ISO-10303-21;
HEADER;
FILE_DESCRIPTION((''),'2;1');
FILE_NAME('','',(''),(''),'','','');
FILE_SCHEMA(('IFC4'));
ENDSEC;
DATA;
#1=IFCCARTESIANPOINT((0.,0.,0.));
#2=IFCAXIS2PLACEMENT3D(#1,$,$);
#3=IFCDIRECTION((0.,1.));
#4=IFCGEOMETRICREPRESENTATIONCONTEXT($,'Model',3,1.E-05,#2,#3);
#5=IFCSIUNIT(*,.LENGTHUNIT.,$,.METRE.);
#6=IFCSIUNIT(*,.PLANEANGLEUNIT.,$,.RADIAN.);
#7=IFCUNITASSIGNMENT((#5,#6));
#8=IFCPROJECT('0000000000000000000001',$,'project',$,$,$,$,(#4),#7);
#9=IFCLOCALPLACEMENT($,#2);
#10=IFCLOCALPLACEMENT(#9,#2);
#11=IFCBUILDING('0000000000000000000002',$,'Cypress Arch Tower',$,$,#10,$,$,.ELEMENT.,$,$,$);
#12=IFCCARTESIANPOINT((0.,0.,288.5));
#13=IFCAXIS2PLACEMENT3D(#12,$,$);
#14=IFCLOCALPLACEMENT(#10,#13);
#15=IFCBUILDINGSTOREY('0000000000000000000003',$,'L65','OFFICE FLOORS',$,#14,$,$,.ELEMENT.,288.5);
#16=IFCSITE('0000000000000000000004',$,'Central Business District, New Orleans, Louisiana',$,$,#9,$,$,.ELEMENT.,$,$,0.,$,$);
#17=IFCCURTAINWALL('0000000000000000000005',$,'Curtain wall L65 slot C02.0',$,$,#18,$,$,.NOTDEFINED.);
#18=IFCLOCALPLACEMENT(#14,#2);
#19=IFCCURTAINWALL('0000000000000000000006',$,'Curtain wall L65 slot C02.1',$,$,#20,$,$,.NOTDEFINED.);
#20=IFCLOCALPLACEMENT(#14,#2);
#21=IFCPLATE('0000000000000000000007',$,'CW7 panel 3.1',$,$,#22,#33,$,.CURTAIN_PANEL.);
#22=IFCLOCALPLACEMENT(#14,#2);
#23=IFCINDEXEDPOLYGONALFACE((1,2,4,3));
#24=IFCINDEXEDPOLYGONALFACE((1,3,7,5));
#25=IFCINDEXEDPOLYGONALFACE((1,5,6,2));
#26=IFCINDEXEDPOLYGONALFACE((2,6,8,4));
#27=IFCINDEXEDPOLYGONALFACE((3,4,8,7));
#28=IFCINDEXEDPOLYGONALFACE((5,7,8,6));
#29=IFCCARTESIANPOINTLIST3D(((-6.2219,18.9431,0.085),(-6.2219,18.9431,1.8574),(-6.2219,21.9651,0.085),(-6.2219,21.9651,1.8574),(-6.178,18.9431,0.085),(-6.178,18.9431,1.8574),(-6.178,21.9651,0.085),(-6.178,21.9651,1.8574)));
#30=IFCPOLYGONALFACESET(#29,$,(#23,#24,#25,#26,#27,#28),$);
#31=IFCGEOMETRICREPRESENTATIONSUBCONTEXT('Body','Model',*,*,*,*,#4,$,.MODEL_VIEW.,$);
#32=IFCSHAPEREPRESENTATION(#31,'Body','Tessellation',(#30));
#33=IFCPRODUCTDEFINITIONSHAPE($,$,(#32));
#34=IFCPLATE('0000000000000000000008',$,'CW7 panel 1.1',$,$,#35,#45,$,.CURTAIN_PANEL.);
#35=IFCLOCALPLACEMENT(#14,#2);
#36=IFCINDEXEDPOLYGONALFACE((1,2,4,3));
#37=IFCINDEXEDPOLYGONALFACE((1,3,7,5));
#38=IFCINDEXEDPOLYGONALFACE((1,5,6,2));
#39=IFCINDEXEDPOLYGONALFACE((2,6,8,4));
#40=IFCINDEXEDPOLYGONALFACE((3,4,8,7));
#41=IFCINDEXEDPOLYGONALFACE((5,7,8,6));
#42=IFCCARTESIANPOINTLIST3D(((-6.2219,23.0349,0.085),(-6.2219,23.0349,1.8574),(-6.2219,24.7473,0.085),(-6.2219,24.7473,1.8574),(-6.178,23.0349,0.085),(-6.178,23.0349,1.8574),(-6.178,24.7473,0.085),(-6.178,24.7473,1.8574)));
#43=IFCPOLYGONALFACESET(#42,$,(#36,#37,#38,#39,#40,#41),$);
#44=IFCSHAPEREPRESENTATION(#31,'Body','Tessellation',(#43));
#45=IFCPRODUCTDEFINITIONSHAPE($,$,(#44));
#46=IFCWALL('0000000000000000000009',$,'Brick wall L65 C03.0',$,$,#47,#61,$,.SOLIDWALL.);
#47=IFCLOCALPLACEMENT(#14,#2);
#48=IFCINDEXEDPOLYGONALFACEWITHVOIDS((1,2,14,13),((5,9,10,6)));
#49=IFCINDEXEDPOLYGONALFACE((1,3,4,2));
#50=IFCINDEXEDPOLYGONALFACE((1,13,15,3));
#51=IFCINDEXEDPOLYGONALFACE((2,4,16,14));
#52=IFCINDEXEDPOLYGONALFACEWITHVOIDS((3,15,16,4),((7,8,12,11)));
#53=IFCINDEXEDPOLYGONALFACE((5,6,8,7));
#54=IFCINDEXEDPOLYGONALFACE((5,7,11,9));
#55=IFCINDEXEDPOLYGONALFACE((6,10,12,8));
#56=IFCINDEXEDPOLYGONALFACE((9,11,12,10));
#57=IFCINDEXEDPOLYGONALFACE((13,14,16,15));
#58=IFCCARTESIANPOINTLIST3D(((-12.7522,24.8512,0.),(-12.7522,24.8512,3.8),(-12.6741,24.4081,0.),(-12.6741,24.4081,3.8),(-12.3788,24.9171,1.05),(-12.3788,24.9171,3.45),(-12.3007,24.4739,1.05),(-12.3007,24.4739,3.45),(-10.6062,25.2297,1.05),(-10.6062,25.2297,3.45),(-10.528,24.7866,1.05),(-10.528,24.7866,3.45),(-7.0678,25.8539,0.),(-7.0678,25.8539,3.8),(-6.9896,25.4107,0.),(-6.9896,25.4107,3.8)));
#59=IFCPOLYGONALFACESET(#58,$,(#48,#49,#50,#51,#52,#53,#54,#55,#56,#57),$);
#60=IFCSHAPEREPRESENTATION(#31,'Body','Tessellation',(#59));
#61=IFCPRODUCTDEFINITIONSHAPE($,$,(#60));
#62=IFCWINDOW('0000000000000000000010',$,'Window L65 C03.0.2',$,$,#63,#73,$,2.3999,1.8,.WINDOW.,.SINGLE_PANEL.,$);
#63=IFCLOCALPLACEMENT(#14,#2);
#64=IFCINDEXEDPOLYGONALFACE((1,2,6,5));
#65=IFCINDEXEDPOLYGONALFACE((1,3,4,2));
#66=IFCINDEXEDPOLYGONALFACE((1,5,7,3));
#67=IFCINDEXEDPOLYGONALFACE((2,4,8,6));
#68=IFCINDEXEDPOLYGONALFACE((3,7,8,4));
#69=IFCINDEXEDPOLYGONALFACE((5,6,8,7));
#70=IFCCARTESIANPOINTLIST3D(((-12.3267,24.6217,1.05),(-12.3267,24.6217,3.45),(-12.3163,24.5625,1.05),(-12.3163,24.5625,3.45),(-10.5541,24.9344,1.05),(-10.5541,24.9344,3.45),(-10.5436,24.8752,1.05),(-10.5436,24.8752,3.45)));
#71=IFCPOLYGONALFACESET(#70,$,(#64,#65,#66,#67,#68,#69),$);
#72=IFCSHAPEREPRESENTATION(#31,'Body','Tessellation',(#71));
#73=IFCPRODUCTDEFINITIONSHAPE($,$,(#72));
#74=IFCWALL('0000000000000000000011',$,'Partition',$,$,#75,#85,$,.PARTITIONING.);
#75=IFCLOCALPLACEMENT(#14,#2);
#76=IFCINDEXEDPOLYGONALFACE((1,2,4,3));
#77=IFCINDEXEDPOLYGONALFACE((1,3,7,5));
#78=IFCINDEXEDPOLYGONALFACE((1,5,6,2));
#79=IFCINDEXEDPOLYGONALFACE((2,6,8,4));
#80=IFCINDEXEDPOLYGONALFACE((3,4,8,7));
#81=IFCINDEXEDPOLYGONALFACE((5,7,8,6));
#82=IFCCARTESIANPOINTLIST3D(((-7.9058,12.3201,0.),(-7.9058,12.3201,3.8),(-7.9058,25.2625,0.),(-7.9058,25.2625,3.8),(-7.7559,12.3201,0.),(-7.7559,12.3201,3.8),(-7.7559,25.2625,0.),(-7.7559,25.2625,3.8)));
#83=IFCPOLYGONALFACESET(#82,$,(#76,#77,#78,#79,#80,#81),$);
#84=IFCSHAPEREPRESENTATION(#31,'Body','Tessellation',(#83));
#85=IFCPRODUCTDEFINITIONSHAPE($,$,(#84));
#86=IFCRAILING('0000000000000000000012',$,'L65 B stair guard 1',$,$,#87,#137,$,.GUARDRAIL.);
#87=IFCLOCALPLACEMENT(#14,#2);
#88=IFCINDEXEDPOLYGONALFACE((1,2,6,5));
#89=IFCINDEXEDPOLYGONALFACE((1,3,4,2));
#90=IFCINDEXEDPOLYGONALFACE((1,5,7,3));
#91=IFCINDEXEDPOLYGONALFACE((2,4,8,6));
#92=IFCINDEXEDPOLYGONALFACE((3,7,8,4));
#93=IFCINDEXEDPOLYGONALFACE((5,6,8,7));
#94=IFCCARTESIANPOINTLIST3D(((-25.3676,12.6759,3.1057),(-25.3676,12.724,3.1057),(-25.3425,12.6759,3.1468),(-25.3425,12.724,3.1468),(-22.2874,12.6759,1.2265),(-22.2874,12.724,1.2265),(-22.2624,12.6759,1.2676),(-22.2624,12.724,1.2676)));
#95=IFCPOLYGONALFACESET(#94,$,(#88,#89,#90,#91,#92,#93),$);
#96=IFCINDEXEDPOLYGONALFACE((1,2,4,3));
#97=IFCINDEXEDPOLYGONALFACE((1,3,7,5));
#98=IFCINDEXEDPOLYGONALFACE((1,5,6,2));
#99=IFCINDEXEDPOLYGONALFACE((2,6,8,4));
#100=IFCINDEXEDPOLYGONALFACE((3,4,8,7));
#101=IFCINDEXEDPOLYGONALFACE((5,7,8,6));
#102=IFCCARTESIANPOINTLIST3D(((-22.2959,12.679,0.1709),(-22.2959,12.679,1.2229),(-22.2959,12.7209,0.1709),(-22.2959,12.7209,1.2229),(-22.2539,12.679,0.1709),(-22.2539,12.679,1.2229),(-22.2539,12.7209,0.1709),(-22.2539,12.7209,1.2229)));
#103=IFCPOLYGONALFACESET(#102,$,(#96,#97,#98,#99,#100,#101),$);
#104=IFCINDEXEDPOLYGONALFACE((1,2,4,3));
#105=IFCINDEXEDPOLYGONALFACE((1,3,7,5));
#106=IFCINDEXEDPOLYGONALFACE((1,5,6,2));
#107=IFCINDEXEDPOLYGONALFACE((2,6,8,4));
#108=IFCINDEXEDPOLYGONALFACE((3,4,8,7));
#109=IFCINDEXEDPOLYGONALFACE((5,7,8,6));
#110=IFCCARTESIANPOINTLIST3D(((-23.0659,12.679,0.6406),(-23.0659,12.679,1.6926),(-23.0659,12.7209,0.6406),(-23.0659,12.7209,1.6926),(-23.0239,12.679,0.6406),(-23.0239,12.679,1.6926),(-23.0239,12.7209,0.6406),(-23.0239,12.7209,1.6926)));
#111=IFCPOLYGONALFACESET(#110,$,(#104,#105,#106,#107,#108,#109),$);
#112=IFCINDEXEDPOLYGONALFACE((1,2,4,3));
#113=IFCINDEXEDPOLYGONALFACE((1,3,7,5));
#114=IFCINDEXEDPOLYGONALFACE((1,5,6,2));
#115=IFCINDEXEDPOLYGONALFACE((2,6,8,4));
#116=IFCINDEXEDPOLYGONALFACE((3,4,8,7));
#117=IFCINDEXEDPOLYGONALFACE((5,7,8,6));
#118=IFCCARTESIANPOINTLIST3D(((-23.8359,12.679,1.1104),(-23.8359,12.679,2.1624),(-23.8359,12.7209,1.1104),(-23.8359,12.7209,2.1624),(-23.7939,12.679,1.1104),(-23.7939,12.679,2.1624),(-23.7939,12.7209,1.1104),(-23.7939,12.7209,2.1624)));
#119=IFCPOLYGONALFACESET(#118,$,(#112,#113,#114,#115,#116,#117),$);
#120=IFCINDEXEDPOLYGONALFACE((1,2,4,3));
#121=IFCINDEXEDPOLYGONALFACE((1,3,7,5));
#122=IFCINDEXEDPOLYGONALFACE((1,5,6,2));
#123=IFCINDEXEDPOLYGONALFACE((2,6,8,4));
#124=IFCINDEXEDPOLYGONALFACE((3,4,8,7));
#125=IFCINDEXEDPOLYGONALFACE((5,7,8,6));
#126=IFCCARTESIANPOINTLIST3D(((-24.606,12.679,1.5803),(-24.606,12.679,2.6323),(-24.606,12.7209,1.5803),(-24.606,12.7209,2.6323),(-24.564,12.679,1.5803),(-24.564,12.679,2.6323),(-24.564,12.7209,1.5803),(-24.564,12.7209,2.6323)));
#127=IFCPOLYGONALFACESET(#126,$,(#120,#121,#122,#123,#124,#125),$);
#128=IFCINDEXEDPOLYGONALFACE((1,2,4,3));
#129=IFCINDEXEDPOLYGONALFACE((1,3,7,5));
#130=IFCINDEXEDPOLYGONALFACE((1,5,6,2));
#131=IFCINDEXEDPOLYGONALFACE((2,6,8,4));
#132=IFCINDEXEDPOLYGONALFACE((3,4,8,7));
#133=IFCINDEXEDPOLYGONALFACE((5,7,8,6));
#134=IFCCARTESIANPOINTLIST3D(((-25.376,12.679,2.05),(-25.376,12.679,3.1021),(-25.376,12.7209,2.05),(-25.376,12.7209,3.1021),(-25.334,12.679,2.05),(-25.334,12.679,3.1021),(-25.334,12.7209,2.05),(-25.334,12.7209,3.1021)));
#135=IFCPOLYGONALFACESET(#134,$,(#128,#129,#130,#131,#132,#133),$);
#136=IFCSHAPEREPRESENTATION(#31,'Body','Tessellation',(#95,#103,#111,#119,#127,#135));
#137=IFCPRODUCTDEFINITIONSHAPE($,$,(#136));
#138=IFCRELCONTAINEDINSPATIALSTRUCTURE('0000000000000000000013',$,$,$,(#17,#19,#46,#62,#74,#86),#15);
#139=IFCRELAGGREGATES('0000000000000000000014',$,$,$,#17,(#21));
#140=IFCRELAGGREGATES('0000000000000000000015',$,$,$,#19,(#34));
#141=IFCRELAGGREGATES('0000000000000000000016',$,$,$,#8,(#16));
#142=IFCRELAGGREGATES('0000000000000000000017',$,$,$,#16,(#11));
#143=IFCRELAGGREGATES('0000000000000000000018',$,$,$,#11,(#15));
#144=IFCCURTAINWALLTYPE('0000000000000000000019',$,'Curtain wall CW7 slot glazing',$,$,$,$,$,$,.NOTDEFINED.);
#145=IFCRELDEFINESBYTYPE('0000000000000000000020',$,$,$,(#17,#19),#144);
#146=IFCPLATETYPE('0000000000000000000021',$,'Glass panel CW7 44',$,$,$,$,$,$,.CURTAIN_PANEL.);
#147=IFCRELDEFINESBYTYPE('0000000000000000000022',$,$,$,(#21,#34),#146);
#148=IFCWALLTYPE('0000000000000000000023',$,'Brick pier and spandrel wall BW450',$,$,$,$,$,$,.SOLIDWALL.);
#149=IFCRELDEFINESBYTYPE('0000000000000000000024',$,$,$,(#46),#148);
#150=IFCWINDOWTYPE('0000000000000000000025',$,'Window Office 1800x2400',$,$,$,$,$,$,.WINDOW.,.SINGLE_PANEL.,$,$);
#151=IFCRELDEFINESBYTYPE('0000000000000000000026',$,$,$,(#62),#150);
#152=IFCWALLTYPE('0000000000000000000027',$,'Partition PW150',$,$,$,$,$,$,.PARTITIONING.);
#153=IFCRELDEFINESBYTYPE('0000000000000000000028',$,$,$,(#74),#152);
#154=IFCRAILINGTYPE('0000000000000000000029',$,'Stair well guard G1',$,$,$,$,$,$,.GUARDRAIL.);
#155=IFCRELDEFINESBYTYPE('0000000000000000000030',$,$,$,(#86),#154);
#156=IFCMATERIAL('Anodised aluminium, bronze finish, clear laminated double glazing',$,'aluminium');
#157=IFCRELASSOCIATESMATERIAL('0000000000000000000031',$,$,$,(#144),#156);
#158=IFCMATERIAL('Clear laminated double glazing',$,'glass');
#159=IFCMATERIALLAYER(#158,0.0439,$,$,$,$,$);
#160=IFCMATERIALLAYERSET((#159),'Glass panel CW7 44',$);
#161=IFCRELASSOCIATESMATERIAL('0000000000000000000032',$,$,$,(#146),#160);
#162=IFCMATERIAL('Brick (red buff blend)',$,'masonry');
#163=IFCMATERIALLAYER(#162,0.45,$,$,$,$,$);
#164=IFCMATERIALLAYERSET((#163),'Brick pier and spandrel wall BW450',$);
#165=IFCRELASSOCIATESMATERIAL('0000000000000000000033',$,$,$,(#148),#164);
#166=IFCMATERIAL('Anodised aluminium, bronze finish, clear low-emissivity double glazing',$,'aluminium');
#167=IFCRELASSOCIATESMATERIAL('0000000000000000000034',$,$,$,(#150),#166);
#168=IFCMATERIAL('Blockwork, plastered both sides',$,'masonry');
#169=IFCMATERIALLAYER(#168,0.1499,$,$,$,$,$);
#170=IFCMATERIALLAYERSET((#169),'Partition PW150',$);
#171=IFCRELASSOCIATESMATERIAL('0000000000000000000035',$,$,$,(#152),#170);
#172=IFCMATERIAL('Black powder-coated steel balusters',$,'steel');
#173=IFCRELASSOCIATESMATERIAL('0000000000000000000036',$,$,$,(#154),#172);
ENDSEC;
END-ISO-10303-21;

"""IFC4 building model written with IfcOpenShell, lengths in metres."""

from ifc_helpers import new_model, si_unit, direction, frame, frame_2d, origin, origin_2d, place, context, subcontext, project, spatial, rectangle, extrude, material, layer, layer_set, type_object, element, fill, aggregate, save


model = new_model("IFC4")

# Units and contexts
model_context = context("Model", 3, precision=1e-05, world=origin(), true_north=direction((0.0, 1.0)))
body_context = subcontext(model_context, "Body", "Model", "MODEL_VIEW")
ifc_project = project(units=[si_unit("LENGTHUNIT", "METRE"), si_unit("PLANEANGLEUNIT", "RADIAN")], contexts=[model_context])

# Site, building, storey
site_placement = place(None, origin())
site = spatial("IfcSite", under=ifc_project, at=site_placement, Name="Central Business District, New Orleans, Louisiana", CompositionType="ELEMENT", RefElevation=0.0)
building_placement = place(site_placement, origin())
building = spatial("IfcBuilding", under=site, at=building_placement, Name="Cypress Arch Tower", CompositionType="ELEMENT")
storey_placement = place(building_placement, frame((0.0, 0.0, 288.5)))
storey = spatial("IfcBuildingStorey", under=building, at=storey_placement, Name="L65", Description="OFFICE FLOORS", CompositionType="ELEMENT", Elevation=288.5)

# Curtain walls
ifc_material_1 = material(Name="Anodised aluminium, bronze finish, clear laminated double glazing", Category="aluminium")
curtain_wall_type = type_object("IfcCurtainWallType", Name="Curtain wall CW7 slot glazing", PredefinedType="NOTDEFINED", material=ifc_material_1)
curtain_wall_1_placement = place(storey_placement, origin())
curtain_wall_1 = element("IfcCurtainWall", 1, at=curtain_wall_1_placement, inside=storey, type_object=curtain_wall_type, Name="Curtain wall L65 slot C02.0", PredefinedType="NOTDEFINED")
curtain_wall_2_placement = place(storey_placement, origin())
curtain_wall_2 = element("IfcCurtainWall", 2, at=curtain_wall_2_placement, inside=storey, type_object=curtain_wall_type, Name="Curtain wall L65 slot C02.1", PredefinedType="NOTDEFINED")

# Plates
ifc_material_2 = material(Name="Clear laminated double glazing", Category="glass")
ifc_layer_1 = layer(ifc_material_2, 0.0439)
ifc_layer_set_1 = layer_set([ifc_layer_1], Name="Glass panel CW7 44")
plate_type = type_object("IfcPlateType", Name="Glass panel CW7 44", PredefinedType="CURTAIN_PANEL", material=ifc_layer_set_1)
plate_1_placement = place(storey_placement, frame((-6.2, 20.4541, 0.085), z_axis=(0.0, 0.0, 1.0), x_axis=(0.0, 1.0, 0.0)))
plate_1 = element("IfcPlate", 3, at=plate_1_placement, type_object=plate_type, Name="CW7 panel 3.1", PredefinedType="CURTAIN_PANEL", context=body_context, shape_type="SweptSolid", body=[
    extrude(rectangle(XDim=3.022, YDim=0.0439, at=origin_2d()), origin(), (0.0, 0.0, 1.0), 1.7725),
])
aggregate(curtain_wall_1, [plate_1])
plate_2_placement = place(storey_placement, frame((-6.2, 23.8911, 0.085), z_axis=(0.0, 0.0, 1.0), x_axis=(0.0, 1.0, 0.0)))
plate_2 = element("IfcPlate", 4, at=plate_2_placement, type_object=plate_type, Name="CW7 panel 1.1", PredefinedType="CURTAIN_PANEL", context=body_context, shape_type="SweptSolid", body=[
    extrude(rectangle(XDim=1.7124, YDim=0.0439, at=origin_2d()), origin(), (0.0, 0.0, 1.0), 1.7725),
])
aggregate(curtain_wall_2, [plate_2])

# Wall, opening, window
ifc_material_3 = material(Name="Brick (red buff blend)", Category="masonry")
ifc_layer_2 = layer(ifc_material_3, 0.45)
ifc_layer_set_2 = layer_set([ifc_layer_2], Name="Brick pier and spandrel wall BW450")
wall_type_1 = type_object("IfcWallType", Name="Brick pier and spandrel wall BW450", PredefinedType="SOLIDWALL", material=ifc_layer_set_2)
wall_1_placement = place(storey_placement, frame((-7.0286, 25.6323, 0.0), z_axis=(0.0, 0.0, 1.0), x_axis=(-0.984798, -0.173706, 0.0)))
wall_1 = element("IfcWall", 5, at=wall_1_placement, inside=storey, type_object=wall_type_1, Name="Brick wall L65 C03.0", PredefinedType="SOLIDWALL", context=body_context, shape_type="SweptSolid", body=[
    extrude(rectangle(XDim=5.7722, YDim=0.45, at=frame_2d((2.8862, 0.0))), origin(), (0.0, 0.0, 1.0), 3.8),
])
opening_placement = place(wall_1_placement, frame((3.5933, 0.0, 1.05)))
opening = element("IfcOpeningElement", 6, at=opening_placement, cuts=wall_1, PredefinedType="OPENING", context=body_context, shape_type="SweptSolid", body=[
    extrude(rectangle(XDim=1.8, YDim=2.3999, at=frame_2d((0.8999, 1.2))), frame((0.0, 0.2349, 0.0), z_axis=(0.0, -1.0, 0.0), x_axis=(1.0, 0.0, 0.0)), (0.0, 0.0, 1.0), 0.47),
])
ifc_material_4 = material(Name="Anodised aluminium, bronze finish, clear low-emissivity double glazing", Category="aluminium")
window_type = type_object("IfcWindowType", Name="Window Office 1800x2400", PartitioningType="SINGLE_PANEL", PredefinedType="WINDOW", material=ifc_material_4)
window_placement = place(opening_placement, origin())
window = element("IfcWindow", 7, at=window_placement, inside=storey, type_object=window_type, Name="Window L65 C03.0.2", OverallHeight=2.3999, OverallWidth=1.8, PartitioningType="SINGLE_PANEL", PredefinedType="WINDOW", context=body_context, shape_type="SweptSolid", body=[
    extrude(rectangle(XDim=1.8, YDim=2.3999, at=frame_2d((0.8999, 1.2))), frame((0.0, 0.135, 0.0), z_axis=(0.0, -1.0, 0.0), x_axis=(1.0, 0.0, 0.0)), (0.0, 0.0, 1.0), 0.0601),
])
fill(opening, window)

# Wall
ifc_material_5 = material(Name="Blockwork, plastered both sides", Category="masonry")
ifc_layer_3 = layer(ifc_material_5, 0.1499)
ifc_layer_set_3 = layer_set([ifc_layer_3], Name="Partition PW150")
wall_type_2 = type_object("IfcWallType", Name="Partition PW150", PredefinedType="PARTITIONING", material=ifc_layer_set_3)
wall_2_placement = place(storey_placement, frame((-7.8308, 12.3201, 0.0), z_axis=(0.0, 0.0, 1.0), x_axis=(0.0, 1.0, 0.0)))
element("IfcWall", 8, at=wall_2_placement, inside=storey, type_object=wall_type_2, Name="Partition", PredefinedType="PARTITIONING", context=body_context, shape_type="SweptSolid", body=[
    extrude(rectangle(XDim=12.9424, YDim=0.1499, at=frame_2d((6.4712, 0.0))), origin(), (0.0, 0.0, 1.0), 3.8),
])

# Railing
ifc_material_6 = material(Name="Black powder-coated steel balusters", Category="steel")
railing_type = type_object("IfcRailingType", Name="Stair well guard G1", PredefinedType="GUARDRAIL", material=ifc_material_6)
railing_placement = place(storey_placement, frame((-22.2749, 12.7, 0.1709)))
element("IfcRailing", 9, at=railing_placement, inside=storey, type_object=railing_type, Name="L65 B stair guard 1", PredefinedType="GUARDRAIL", context=body_context, shape_type="SweptSolid", body=[
    extrude(rectangle(XDim=0.0481, YDim=0.0481, at=origin_2d()), frame((0.0, 0.0, 1.0762), z_axis=(-0.853666, 0.0, 0.52082), x_axis=(0.0, -1.0, 0.0)), (0.0, 0.0, 1.0), 3.6082),
    extrude(rectangle(XDim=0.042, YDim=0.042, at=origin_2d()), origin(), (0.0, 0.0, 1.0), 1.052),
    extrude(rectangle(XDim=0.042, YDim=0.042, at=origin_2d()), frame((-0.77, 0.0, 0.4697)), (0.0, 0.0, 1.0), 1.052),
    extrude(rectangle(XDim=0.042, YDim=0.042, at=origin_2d()), frame((-1.54, 0.0, 0.9395)), (0.0, 0.0, 1.0), 1.052),
    extrude(rectangle(XDim=0.042, YDim=0.042, at=origin_2d()), frame((-2.3101, 0.0, 1.4094)), (0.0, 0.0, 1.0), 1.052),
    extrude(rectangle(XDim=0.042, YDim=0.042, at=origin_2d()), frame((-3.0801, 0.0, 1.8792)), (0.0, 0.0, 1.0), 1.052),
])

save(model, "model.ifc")
